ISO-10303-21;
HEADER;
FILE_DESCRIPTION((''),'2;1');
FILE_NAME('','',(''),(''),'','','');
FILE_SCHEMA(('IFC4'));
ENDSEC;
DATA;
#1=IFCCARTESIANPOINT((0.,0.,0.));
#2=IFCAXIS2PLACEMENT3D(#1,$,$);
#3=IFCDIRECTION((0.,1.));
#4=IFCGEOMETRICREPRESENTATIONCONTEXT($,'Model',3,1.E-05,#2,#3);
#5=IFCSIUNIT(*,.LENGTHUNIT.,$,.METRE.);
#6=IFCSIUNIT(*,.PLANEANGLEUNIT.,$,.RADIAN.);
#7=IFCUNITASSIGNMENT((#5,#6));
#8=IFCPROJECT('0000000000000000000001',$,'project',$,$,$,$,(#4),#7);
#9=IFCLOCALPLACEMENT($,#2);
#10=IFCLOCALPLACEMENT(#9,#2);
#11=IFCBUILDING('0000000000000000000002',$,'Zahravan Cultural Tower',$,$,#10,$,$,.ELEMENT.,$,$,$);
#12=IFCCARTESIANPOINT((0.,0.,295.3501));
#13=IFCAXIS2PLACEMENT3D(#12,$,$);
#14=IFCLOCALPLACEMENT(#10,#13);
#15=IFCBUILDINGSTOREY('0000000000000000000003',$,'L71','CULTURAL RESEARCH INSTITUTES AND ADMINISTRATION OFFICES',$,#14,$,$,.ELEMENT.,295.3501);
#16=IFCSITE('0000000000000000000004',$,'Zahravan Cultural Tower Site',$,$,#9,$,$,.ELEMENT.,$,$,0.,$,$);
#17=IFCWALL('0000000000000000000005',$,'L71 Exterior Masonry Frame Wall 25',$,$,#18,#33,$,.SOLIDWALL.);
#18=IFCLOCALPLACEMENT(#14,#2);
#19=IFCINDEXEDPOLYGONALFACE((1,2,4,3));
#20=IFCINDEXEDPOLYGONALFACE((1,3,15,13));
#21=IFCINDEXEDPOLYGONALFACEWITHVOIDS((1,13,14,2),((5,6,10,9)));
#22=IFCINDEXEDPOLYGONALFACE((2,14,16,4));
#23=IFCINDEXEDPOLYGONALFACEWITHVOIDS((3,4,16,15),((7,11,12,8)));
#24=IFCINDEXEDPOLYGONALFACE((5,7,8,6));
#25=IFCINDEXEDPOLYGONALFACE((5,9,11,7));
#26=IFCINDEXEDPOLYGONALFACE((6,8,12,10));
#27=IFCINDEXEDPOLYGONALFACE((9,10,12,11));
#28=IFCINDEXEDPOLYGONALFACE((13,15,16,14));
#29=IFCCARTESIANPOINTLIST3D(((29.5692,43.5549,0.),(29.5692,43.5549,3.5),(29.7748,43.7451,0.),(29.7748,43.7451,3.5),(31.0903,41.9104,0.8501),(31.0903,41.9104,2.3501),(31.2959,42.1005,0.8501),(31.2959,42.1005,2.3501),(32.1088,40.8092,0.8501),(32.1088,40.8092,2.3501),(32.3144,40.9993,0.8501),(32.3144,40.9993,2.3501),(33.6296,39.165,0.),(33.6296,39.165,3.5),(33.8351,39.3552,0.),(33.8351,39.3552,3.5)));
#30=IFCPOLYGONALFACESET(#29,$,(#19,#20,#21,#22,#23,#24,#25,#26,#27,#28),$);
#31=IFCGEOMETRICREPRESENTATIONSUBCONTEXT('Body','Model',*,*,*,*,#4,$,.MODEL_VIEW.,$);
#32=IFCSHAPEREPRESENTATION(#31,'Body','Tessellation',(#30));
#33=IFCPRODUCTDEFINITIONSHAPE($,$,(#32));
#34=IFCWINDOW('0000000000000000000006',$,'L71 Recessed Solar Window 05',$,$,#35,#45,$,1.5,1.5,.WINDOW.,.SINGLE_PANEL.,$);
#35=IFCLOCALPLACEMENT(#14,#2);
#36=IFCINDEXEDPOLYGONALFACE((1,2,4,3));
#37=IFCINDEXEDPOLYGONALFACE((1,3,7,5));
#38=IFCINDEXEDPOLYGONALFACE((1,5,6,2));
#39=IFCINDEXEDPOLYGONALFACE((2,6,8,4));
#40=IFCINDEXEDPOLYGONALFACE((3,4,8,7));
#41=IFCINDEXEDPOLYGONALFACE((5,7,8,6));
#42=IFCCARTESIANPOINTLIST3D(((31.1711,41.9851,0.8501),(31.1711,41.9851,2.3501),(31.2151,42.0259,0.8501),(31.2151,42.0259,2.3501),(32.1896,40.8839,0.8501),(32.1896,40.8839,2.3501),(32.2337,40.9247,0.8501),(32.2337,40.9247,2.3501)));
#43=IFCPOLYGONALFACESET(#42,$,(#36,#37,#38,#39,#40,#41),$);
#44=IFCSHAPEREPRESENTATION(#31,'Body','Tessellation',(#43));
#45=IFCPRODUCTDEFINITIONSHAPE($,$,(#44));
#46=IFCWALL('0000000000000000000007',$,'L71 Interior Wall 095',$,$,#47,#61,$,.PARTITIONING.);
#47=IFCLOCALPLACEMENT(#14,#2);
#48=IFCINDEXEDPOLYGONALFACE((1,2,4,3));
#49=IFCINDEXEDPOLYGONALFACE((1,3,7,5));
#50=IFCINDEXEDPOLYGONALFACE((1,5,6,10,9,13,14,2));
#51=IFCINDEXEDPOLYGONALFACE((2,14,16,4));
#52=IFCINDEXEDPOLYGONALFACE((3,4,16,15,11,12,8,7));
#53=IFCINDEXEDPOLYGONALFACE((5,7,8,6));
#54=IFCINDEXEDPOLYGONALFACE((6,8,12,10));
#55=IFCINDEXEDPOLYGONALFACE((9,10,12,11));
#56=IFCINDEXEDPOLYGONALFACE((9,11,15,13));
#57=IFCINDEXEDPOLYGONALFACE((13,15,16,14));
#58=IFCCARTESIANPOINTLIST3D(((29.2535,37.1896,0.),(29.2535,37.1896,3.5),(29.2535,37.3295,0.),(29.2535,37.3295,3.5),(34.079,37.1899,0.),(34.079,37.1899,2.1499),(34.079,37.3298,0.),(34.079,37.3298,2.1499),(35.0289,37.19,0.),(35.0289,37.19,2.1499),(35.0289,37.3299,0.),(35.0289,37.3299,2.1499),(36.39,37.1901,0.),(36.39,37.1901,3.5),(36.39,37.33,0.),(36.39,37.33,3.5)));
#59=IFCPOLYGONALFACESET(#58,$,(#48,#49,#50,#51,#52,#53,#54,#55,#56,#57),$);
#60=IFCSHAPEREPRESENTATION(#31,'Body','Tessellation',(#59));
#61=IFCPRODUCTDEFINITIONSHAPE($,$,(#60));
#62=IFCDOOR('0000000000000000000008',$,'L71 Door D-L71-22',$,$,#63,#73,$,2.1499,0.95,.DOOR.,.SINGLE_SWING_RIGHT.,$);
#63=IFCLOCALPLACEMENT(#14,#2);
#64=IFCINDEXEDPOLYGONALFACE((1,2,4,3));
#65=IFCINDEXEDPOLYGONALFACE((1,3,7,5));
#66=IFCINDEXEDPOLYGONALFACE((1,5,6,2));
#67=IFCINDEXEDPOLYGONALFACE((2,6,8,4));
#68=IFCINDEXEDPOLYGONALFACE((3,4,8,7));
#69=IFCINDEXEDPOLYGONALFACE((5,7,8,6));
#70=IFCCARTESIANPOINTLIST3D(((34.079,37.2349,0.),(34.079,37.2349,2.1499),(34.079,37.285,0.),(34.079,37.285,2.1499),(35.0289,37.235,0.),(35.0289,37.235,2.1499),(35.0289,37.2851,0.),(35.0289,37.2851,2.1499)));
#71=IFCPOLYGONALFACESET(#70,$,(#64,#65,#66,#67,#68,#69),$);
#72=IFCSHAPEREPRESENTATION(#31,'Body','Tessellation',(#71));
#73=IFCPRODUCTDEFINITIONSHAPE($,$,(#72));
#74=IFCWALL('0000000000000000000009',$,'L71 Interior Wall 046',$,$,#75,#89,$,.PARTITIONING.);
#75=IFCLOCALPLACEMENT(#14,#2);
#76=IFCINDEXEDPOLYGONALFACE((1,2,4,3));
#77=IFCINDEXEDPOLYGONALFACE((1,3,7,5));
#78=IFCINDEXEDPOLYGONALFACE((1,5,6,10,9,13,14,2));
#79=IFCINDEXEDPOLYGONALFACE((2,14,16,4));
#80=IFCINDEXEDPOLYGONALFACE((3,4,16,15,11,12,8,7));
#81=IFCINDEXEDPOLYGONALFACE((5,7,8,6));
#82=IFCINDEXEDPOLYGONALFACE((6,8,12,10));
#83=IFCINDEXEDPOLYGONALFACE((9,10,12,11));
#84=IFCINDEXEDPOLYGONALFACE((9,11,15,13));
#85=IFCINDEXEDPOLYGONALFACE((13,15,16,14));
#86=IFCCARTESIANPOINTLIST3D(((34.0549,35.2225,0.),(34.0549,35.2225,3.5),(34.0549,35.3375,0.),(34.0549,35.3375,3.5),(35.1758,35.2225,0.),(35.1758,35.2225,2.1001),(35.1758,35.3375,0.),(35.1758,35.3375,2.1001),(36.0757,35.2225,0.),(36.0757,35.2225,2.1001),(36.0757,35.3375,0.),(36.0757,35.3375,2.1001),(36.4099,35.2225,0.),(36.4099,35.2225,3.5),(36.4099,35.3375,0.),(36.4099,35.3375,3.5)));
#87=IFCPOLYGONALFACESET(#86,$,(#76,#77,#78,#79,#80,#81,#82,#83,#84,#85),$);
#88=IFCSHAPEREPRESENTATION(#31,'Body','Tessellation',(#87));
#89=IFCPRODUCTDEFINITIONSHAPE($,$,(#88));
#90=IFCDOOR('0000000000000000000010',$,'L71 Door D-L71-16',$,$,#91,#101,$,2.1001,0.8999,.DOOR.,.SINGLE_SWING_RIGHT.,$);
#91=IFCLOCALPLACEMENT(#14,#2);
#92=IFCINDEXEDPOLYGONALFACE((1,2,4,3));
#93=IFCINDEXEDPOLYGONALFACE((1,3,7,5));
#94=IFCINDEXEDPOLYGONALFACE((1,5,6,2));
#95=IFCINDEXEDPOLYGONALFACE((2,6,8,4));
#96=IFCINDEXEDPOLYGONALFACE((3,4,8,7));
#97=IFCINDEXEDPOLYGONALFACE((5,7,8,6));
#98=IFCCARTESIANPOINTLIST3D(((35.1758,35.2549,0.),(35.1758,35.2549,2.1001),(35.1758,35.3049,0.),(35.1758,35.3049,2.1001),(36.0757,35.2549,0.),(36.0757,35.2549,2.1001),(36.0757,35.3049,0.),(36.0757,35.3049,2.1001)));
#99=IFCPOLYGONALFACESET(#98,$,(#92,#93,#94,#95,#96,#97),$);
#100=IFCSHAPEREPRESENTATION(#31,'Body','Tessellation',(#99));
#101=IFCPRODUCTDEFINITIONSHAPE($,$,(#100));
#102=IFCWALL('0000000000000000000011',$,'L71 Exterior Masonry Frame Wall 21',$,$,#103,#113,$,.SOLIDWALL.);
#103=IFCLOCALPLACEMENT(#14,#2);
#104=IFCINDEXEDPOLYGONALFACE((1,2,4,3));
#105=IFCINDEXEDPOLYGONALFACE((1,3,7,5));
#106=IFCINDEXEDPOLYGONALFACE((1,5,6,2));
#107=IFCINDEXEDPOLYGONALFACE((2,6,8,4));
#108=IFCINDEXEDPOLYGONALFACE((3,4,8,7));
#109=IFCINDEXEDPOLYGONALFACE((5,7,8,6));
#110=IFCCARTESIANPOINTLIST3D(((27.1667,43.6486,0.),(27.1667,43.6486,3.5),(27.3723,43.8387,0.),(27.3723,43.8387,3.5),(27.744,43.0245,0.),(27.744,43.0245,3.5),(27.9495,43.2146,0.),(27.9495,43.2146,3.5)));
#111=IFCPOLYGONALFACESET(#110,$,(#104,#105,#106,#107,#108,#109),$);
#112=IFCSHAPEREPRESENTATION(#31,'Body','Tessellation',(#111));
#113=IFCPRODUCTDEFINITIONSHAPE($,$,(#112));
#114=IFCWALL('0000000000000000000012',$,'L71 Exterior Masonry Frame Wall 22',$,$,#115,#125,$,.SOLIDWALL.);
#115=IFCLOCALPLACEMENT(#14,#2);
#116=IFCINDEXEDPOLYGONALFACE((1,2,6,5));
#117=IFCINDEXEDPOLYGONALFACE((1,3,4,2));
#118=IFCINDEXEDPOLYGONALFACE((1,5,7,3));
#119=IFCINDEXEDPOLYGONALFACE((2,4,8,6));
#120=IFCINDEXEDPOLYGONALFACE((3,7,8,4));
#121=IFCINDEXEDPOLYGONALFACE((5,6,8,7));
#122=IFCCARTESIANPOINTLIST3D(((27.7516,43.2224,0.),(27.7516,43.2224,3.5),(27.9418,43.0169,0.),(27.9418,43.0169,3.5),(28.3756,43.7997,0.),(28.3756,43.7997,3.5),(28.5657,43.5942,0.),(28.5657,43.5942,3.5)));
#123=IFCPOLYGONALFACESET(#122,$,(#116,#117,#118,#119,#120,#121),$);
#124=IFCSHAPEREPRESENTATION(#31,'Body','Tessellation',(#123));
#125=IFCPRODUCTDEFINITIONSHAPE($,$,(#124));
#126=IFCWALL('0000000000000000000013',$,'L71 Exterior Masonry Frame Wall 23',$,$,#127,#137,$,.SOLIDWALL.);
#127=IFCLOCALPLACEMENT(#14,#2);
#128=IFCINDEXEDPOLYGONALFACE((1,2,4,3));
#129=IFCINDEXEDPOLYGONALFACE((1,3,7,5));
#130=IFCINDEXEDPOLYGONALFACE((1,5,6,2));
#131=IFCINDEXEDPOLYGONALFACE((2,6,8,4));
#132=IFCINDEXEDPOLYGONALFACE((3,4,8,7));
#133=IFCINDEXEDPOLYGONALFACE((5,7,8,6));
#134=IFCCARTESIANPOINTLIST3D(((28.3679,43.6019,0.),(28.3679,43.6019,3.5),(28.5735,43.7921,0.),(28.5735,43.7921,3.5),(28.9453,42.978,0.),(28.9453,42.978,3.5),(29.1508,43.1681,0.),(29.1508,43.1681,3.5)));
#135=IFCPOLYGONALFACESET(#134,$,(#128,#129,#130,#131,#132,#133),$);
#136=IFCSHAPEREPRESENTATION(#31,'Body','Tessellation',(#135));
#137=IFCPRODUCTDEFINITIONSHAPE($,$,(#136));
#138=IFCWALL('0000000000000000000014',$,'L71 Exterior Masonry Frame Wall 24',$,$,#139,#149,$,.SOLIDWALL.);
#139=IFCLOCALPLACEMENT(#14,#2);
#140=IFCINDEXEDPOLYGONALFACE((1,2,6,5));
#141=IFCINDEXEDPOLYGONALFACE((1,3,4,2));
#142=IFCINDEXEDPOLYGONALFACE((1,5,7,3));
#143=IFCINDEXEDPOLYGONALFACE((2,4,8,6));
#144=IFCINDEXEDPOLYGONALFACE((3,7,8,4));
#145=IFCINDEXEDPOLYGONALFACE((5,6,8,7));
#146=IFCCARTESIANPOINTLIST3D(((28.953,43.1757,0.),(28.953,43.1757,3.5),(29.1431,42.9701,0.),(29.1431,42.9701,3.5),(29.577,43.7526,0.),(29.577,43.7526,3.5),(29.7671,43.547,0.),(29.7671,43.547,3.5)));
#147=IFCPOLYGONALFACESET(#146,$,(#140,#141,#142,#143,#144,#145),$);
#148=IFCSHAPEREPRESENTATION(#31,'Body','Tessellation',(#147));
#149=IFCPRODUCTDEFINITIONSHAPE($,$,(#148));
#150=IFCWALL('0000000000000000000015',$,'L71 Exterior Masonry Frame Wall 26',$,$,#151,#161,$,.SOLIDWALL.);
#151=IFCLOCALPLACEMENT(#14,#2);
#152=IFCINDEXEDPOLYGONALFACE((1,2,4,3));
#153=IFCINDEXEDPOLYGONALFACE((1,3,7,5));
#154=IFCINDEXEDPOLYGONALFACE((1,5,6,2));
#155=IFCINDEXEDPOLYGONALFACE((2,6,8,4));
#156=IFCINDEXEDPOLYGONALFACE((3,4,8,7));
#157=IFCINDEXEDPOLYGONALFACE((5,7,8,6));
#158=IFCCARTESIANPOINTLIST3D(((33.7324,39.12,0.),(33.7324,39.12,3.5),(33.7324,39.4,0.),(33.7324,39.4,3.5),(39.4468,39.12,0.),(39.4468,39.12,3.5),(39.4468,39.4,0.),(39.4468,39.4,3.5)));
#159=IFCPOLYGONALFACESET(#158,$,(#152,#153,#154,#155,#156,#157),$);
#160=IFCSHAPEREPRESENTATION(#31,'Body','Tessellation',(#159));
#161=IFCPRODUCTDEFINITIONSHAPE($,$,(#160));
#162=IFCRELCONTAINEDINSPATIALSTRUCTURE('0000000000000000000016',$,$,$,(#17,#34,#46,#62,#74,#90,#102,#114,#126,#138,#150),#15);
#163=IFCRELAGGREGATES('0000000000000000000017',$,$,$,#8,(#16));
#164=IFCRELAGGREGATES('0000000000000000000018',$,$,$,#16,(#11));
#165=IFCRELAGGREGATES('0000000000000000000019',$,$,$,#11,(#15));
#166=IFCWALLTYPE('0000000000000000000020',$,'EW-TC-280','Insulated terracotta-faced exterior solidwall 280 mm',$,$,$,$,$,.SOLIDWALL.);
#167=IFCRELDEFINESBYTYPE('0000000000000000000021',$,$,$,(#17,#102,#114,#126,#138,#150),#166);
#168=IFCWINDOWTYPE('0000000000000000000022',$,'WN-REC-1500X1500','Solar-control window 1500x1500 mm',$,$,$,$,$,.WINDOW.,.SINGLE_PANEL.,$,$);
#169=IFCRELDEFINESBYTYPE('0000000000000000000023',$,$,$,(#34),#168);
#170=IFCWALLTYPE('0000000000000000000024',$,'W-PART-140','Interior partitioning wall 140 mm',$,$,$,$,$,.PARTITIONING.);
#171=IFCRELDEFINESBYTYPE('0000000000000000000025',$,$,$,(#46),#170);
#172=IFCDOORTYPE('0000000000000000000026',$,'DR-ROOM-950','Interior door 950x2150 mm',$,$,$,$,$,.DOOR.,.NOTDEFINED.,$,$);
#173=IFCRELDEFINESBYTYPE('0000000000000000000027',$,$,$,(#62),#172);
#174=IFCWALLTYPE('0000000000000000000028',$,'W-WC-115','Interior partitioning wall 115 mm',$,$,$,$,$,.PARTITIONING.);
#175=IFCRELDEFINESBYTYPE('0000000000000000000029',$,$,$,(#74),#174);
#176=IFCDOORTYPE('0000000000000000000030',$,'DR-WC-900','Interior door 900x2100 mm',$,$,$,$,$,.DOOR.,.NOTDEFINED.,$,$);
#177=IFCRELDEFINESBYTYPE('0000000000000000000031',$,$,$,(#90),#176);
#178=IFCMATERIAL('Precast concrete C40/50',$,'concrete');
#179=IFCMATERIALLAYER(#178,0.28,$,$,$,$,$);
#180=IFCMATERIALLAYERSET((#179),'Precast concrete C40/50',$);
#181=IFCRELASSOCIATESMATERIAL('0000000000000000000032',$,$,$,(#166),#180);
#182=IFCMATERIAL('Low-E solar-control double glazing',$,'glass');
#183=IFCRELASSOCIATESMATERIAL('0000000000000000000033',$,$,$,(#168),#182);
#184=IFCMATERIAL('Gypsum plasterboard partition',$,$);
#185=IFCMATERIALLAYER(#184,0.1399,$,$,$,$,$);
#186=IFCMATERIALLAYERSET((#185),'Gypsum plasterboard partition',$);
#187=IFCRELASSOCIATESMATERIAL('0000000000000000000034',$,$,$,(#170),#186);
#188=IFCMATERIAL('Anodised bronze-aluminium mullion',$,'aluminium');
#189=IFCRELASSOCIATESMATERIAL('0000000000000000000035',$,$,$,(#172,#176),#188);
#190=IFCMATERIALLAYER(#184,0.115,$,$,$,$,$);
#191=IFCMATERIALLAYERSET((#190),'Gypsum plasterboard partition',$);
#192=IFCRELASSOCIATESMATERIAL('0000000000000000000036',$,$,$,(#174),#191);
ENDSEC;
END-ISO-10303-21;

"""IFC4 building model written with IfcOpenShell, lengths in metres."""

from ifc_helpers import new_model, si_unit, direction, frame, frame_2d, origin, place, context, subcontext, project, spatial, rectangle, extrude, source, transform, mapped, material, layer, layer_set, type_object, element, fill, save


model = new_model("IFC4")

# Units and contexts
model_context = context("Model", 3, precision=1e-05, world=origin(), true_north=direction((0.0, 1.0)))
body_context = subcontext(model_context, "Body", "Model", "MODEL_VIEW")
ifc_project = project(units=[si_unit("LENGTHUNIT", "METRE"), si_unit("PLANEANGLEUNIT", "RADIAN")], contexts=[model_context])

# Site, building, storey
site_placement = place(None, origin())
site = spatial("IfcSite", under=ifc_project, at=site_placement, Name="Zahravan Cultural Tower Site", CompositionType="ELEMENT", RefElevation=0.0)
building_placement = place(site_placement, origin())
building = spatial("IfcBuilding", under=site, at=building_placement, Name="Zahravan Cultural Tower", CompositionType="ELEMENT")
storey_placement = place(building_placement, frame((0.0, 0.0, 295.3501)))
storey = spatial("IfcBuildingStorey", under=building, at=storey_placement, Name="L71", Description="CULTURAL RESEARCH INSTITUTES AND ADMINISTRATION OFFICES", CompositionType="ELEMENT", Elevation=295.3501)

# Wall, opening, window
ifc_material_1 = material(Name="Precast concrete C40/50", Category="concrete")
ifc_layer_1 = layer(ifc_material_1, 0.28)
ifc_layer_set_1 = layer_set([ifc_layer_1], Name="Precast concrete C40/50")
wall_type_1 = type_object("IfcWallType", Name="EW-TC-280", Description="Insulated terracotta-faced exterior solidwall 280 mm", PredefinedType="SOLIDWALL", material=ifc_layer_set_1)
wall_1_placement = place(storey_placement, frame((29.6721, 43.6499, 0.0), z_axis=(0.0, 0.0, 1.0), x_axis=(0.679011, -0.734128, 0.0)))
wall_1 = element("IfcWall", 1, at=wall_1_placement, inside=storey, type_object=wall_type_1, Name="L71 Exterior Masonry Frame Wall 25", PredefinedType="SOLIDWALL", context=body_context, shape_type="SweptSolid", body=[
    extrude(rectangle(XDim=5.9797, YDim=0.28, at=frame_2d((2.9897, 0.0))), origin(), (0.0, 0.0, 1.0), 3.5),
])
opening_1_placement = place(wall_1_placement, frame((2.24, 0.0, 0.8501)))
opening_1 = element("IfcOpeningElement", 2, at=opening_1_placement, cuts=wall_1, PredefinedType="OPENING", context=body_context, shape_type="SweptSolid", body=[
    extrude(rectangle(XDim=1.5, YDim=1.5, at=frame_2d((0.75, 0.75))), frame((0.0, 0.1499, 0.0), z_axis=(0.0, -1.0, 0.0), x_axis=(1.0, 0.0, 0.0)), (0.0, 0.0, 1.0), 0.3),
])
ifc_material_2 = material(Name="Low-E solar-control double glazing", Category="glass")
window_type = type_object("IfcWindowType", Name="WN-REC-1500X1500", Description="Solar-control window 1500x1500 mm", PartitioningType="SINGLE_PANEL", PredefinedType="WINDOW", material=ifc_material_2)
shared_shape_1 = source(origin(), body_context, "Body", "SweptSolid", [
    extrude(rectangle(XDim=1.5, YDim=1.5, at=frame_2d((0.75, 0.75))), frame((0.0, 0.03, 0.0), z_axis=(0.0, -1.0, 0.0), x_axis=(1.0, 0.0, 0.0)), (0.0, 0.0, 1.0), 0.0601),
])
window_placement = place(opening_1_placement, origin())
window = element("IfcWindow", 3, at=window_placement, inside=storey, type_object=window_type, Name="L71 Recessed Solar Window 05", OverallHeight=1.5, OverallWidth=1.5, PartitioningType="SINGLE_PANEL", PredefinedType="WINDOW", context=body_context, shape_type="MappedRepresentation", body=[
    mapped(shared_shape_1, transform((0.0, 0.0, 0.0), x_axis=(1.0, 0.0, 0.0), y_axis=(0.0, 1.0, 0.0), z_axis=(0.0, 0.0, 1.0), scale=1.0)),
])
fill(opening_1, window)

# Walls, openings, doors
ifc_material_3 = material(Name="Gypsum plasterboard partition")
ifc_layer_2 = layer(ifc_material_3, 0.1399)
ifc_layer_set_2 = layer_set([ifc_layer_2], Name="Gypsum plasterboard partition")
wall_type_2 = type_object("IfcWallType", Name="W-PART-140", Description="Interior partitioning wall 140 mm", PredefinedType="PARTITIONING", material=ifc_layer_set_2)
wall_2_placement = place(storey_placement, frame((36.3901, 37.26, 0.0), z_axis=(0.0, 0.0, 1.0), x_axis=(-1.0, -0.000068, 0.0)))
wall_2 = element("IfcWall", 4, at=wall_2_placement, inside=storey, type_object=wall_type_2, Name="L71 Interior Wall 095", PredefinedType="PARTITIONING", context=body_context, shape_type="SweptSolid", body=[
    extrude(rectangle(XDim=7.1365, YDim=0.1399, at=frame_2d((3.5684, 0.0))), origin(), (0.0, 0.0, 1.0), 3.5),
])
opening_2_placement = place(wall_2_placement, frame((1.3611, 0.0, 0.0)))
opening_2 = element("IfcOpeningElement", 5, at=opening_2_placement, cuts=wall_2, PredefinedType="OPENING", context=body_context, shape_type="SweptSolid", body=[
    extrude(rectangle(XDim=0.95, YDim=2.1499, at=frame_2d((0.4751, 1.075))), frame((0.0, 0.0798, 0.0), z_axis=(0.0, -1.0, 0.0), x_axis=(1.0, 0.0, 0.0)), (0.0, 0.0, 1.0), 0.1599),
])
ifc_material_4 = material(Name="Anodised bronze-aluminium mullion", Category="aluminium")
door_type_1 = type_object("IfcDoorType", Name="DR-ROOM-950", Description="Interior door 950x2150 mm", OperationType="NOTDEFINED", PredefinedType="DOOR", material=ifc_material_4)
shared_shape_2 = source(origin(), body_context, "Body", "SweptSolid", [
    extrude(rectangle(XDim=0.95, YDim=2.1499, at=frame_2d((0.4751, 1.075))), frame((0.0, 0.0249, 0.0), z_axis=(0.0, -1.0, 0.0), x_axis=(1.0, 0.0, 0.0)), (0.0, 0.0, 1.0), 0.05),
])
door_1_placement = place(opening_2_placement, origin())
door_1 = element("IfcDoor", 6, at=door_1_placement, inside=storey, type_object=door_type_1, Name="L71 Door D-L71-22", OperationType="SINGLE_SWING_RIGHT", OverallHeight=2.1499, OverallWidth=0.95, PredefinedType="DOOR", context=body_context, shape_type="MappedRepresentation", body=[
    mapped(shared_shape_2, transform((0.0, 0.0, 0.0), x_axis=(1.0, 0.0, 0.0), y_axis=(0.0, 1.0, 0.0), z_axis=(0.0, 0.0, 1.0), scale=1.0)),
])
fill(opening_2, door_1)
ifc_layer_3 = layer(ifc_material_3, 0.115)
ifc_layer_set_3 = layer_set([ifc_layer_3], Name="Gypsum plasterboard partition")
wall_type_3 = type_object("IfcWallType", Name="W-WC-115", Description="Interior partitioning wall 115 mm", PredefinedType="PARTITIONING", material=ifc_layer_set_3)
wall_3_placement = place(storey_placement, frame((34.0549, 35.28, 0.0), z_axis=(0.0, 0.0, 1.0), x_axis=(1.0, 0.0, 0.0)))
wall_3 = element("IfcWall", 7, at=wall_3_placement, inside=storey, type_object=wall_type_3, Name="L71 Interior Wall 046", PredefinedType="PARTITIONING", context=body_context, shape_type="SweptSolid", body=[
    extrude(rectangle(XDim=2.355, YDim=0.115, at=frame_2d((1.1775, 0.0))), origin(), (0.0, 0.0, 1.0), 3.5),
])
opening_3_placement = place(wall_3_placement, frame((1.1208, 0.0, 0.0)))
opening_3 = element("IfcOpeningElement", 8, at=opening_3_placement, cuts=wall_3, PredefinedType="OPENING", context=body_context, shape_type="SweptSolid", body=[
    extrude(rectangle(XDim=0.8999, YDim=2.1001, at=frame_2d((0.45, 1.05))), frame((0.0, 0.0674, 0.0), z_axis=(0.0, -1.0, 0.0), x_axis=(1.0, 0.0, 0.0)), (0.0, 0.0, 1.0), 0.135),
])
door_type_2 = type_object("IfcDoorType", Name="DR-WC-900", Description="Interior door 900x2100 mm", OperationType="NOTDEFINED", PredefinedType="DOOR", material=ifc_material_4)
shared_shape_3 = source(origin(), body_context, "Body", "SweptSolid", [
    extrude(rectangle(XDim=0.8999, YDim=2.1001, at=frame_2d((0.45, 1.05))), frame((0.0, 0.0249, 0.0), z_axis=(0.0, -1.0, 0.0), x_axis=(1.0, 0.0, 0.0)), (0.0, 0.0, 1.0), 0.05),
])
door_2_placement = place(opening_3_placement, origin())
door_2 = element("IfcDoor", 9, at=door_2_placement, inside=storey, type_object=door_type_2, Name="L71 Door D-L71-16", OperationType="SINGLE_SWING_RIGHT", OverallHeight=2.1001, OverallWidth=0.8999, PredefinedType="DOOR", context=body_context, shape_type="MappedRepresentation", body=[
    mapped(shared_shape_3, transform((0.0, 0.0, 0.0), x_axis=(1.0, 0.0, 0.0), y_axis=(0.0, 1.0, 0.0), z_axis=(0.0, 0.0, 1.0), scale=1.0)),
])
fill(opening_3, door_2)

# Walls
shared_shape_4 = source(origin(), body_context, "Body", "SweptSolid", [
    extrude(rectangle(XDim=0.8501, YDim=0.28, at=frame_2d((0.425, 0.0))), origin(), (0.0, 0.0, 1.0), 3.5),
])
for number, where, z_axis, x_axis, name in (
    (10, (27.2695, 43.7437, 0.0), (0.0, 0.0, 1.0), (0.678996, -0.734142, 0.0), "L71 Exterior Masonry Frame Wall 21"),
    (11, (27.8467, 43.1196, 0.0), (0.0, 0.0, 1.0), (0.733999, 0.67915, 0.0), "L71 Exterior Masonry Frame Wall 22"),
    (12, (28.4707, 43.697, 0.0), (0.0, 0.0, 1.0), (0.67915, -0.733999, 0.0), "L71 Exterior Masonry Frame Wall 23"),
):
    element("IfcWall", number, at=place(storey_placement, frame(where, z_axis=z_axis, x_axis=x_axis)), inside=storey, type_object=wall_type_1, Name=name, PredefinedType="SOLIDWALL", context=body_context, shape_type="MappedRepresentation", body=[
        mapped(shared_shape_4, transform((0.0, 0.0, 0.0), x_axis=(1.0, 0.0, 0.0), y_axis=(0.0, 1.0, 0.0), z_axis=(0.0, 0.0, 1.0), scale=1.0)),
    ])
shared_shape_5 = source(origin(), body_context, "Body", "SweptSolid", [
    extrude(rectangle(XDim=0.8499, YDim=0.28, at=frame_2d((0.4248, 0.0))), origin(), (0.0, 0.0, 1.0), 3.5),
])
wall_4_placement = place(storey_placement, frame((29.0481, 43.073, 0.0), z_axis=(0.0, 0.0, 1.0), x_axis=(0.734286, 0.678841, 0.0)))
element("IfcWall", 13, at=wall_4_placement, inside=storey, type_object=wall_type_1, Name="L71 Exterior Masonry Frame Wall 24", PredefinedType="SOLIDWALL", context=body_context, shape_type="MappedRepresentation", body=[
    mapped(shared_shape_5, transform((0.0, 0.0, 0.0), x_axis=(1.0, 0.0, 0.0), y_axis=(0.0, 1.0, 0.0), z_axis=(0.0, 0.0, 1.0), scale=1.0)),
])
shared_shape_6 = source(origin(), body_context, "Body", "SweptSolid", [
    extrude(rectangle(XDim=5.7144, YDim=0.28, at=frame_2d((2.8572, 0.0))), origin(), (0.0, 0.0, 1.0), 3.5),
])
wall_5_placement = place(storey_placement, frame((33.7324, 39.26, 0.0), z_axis=(0.0, 0.0, 1.0), x_axis=(1.0, 0.0, 0.0)))
element("IfcWall", 14, at=wall_5_placement, inside=storey, type_object=wall_type_1, Name="L71 Exterior Masonry Frame Wall 26", PredefinedType="SOLIDWALL", context=body_context, shape_type="MappedRepresentation", body=[
    mapped(shared_shape_6, transform((0.0, 0.0, 0.0), x_axis=(1.0, 0.0, 0.0), y_axis=(0.0, 1.0, 0.0), z_axis=(0.0, 0.0, 1.0), scale=1.0)),
])

save(model, "model.ifc")
